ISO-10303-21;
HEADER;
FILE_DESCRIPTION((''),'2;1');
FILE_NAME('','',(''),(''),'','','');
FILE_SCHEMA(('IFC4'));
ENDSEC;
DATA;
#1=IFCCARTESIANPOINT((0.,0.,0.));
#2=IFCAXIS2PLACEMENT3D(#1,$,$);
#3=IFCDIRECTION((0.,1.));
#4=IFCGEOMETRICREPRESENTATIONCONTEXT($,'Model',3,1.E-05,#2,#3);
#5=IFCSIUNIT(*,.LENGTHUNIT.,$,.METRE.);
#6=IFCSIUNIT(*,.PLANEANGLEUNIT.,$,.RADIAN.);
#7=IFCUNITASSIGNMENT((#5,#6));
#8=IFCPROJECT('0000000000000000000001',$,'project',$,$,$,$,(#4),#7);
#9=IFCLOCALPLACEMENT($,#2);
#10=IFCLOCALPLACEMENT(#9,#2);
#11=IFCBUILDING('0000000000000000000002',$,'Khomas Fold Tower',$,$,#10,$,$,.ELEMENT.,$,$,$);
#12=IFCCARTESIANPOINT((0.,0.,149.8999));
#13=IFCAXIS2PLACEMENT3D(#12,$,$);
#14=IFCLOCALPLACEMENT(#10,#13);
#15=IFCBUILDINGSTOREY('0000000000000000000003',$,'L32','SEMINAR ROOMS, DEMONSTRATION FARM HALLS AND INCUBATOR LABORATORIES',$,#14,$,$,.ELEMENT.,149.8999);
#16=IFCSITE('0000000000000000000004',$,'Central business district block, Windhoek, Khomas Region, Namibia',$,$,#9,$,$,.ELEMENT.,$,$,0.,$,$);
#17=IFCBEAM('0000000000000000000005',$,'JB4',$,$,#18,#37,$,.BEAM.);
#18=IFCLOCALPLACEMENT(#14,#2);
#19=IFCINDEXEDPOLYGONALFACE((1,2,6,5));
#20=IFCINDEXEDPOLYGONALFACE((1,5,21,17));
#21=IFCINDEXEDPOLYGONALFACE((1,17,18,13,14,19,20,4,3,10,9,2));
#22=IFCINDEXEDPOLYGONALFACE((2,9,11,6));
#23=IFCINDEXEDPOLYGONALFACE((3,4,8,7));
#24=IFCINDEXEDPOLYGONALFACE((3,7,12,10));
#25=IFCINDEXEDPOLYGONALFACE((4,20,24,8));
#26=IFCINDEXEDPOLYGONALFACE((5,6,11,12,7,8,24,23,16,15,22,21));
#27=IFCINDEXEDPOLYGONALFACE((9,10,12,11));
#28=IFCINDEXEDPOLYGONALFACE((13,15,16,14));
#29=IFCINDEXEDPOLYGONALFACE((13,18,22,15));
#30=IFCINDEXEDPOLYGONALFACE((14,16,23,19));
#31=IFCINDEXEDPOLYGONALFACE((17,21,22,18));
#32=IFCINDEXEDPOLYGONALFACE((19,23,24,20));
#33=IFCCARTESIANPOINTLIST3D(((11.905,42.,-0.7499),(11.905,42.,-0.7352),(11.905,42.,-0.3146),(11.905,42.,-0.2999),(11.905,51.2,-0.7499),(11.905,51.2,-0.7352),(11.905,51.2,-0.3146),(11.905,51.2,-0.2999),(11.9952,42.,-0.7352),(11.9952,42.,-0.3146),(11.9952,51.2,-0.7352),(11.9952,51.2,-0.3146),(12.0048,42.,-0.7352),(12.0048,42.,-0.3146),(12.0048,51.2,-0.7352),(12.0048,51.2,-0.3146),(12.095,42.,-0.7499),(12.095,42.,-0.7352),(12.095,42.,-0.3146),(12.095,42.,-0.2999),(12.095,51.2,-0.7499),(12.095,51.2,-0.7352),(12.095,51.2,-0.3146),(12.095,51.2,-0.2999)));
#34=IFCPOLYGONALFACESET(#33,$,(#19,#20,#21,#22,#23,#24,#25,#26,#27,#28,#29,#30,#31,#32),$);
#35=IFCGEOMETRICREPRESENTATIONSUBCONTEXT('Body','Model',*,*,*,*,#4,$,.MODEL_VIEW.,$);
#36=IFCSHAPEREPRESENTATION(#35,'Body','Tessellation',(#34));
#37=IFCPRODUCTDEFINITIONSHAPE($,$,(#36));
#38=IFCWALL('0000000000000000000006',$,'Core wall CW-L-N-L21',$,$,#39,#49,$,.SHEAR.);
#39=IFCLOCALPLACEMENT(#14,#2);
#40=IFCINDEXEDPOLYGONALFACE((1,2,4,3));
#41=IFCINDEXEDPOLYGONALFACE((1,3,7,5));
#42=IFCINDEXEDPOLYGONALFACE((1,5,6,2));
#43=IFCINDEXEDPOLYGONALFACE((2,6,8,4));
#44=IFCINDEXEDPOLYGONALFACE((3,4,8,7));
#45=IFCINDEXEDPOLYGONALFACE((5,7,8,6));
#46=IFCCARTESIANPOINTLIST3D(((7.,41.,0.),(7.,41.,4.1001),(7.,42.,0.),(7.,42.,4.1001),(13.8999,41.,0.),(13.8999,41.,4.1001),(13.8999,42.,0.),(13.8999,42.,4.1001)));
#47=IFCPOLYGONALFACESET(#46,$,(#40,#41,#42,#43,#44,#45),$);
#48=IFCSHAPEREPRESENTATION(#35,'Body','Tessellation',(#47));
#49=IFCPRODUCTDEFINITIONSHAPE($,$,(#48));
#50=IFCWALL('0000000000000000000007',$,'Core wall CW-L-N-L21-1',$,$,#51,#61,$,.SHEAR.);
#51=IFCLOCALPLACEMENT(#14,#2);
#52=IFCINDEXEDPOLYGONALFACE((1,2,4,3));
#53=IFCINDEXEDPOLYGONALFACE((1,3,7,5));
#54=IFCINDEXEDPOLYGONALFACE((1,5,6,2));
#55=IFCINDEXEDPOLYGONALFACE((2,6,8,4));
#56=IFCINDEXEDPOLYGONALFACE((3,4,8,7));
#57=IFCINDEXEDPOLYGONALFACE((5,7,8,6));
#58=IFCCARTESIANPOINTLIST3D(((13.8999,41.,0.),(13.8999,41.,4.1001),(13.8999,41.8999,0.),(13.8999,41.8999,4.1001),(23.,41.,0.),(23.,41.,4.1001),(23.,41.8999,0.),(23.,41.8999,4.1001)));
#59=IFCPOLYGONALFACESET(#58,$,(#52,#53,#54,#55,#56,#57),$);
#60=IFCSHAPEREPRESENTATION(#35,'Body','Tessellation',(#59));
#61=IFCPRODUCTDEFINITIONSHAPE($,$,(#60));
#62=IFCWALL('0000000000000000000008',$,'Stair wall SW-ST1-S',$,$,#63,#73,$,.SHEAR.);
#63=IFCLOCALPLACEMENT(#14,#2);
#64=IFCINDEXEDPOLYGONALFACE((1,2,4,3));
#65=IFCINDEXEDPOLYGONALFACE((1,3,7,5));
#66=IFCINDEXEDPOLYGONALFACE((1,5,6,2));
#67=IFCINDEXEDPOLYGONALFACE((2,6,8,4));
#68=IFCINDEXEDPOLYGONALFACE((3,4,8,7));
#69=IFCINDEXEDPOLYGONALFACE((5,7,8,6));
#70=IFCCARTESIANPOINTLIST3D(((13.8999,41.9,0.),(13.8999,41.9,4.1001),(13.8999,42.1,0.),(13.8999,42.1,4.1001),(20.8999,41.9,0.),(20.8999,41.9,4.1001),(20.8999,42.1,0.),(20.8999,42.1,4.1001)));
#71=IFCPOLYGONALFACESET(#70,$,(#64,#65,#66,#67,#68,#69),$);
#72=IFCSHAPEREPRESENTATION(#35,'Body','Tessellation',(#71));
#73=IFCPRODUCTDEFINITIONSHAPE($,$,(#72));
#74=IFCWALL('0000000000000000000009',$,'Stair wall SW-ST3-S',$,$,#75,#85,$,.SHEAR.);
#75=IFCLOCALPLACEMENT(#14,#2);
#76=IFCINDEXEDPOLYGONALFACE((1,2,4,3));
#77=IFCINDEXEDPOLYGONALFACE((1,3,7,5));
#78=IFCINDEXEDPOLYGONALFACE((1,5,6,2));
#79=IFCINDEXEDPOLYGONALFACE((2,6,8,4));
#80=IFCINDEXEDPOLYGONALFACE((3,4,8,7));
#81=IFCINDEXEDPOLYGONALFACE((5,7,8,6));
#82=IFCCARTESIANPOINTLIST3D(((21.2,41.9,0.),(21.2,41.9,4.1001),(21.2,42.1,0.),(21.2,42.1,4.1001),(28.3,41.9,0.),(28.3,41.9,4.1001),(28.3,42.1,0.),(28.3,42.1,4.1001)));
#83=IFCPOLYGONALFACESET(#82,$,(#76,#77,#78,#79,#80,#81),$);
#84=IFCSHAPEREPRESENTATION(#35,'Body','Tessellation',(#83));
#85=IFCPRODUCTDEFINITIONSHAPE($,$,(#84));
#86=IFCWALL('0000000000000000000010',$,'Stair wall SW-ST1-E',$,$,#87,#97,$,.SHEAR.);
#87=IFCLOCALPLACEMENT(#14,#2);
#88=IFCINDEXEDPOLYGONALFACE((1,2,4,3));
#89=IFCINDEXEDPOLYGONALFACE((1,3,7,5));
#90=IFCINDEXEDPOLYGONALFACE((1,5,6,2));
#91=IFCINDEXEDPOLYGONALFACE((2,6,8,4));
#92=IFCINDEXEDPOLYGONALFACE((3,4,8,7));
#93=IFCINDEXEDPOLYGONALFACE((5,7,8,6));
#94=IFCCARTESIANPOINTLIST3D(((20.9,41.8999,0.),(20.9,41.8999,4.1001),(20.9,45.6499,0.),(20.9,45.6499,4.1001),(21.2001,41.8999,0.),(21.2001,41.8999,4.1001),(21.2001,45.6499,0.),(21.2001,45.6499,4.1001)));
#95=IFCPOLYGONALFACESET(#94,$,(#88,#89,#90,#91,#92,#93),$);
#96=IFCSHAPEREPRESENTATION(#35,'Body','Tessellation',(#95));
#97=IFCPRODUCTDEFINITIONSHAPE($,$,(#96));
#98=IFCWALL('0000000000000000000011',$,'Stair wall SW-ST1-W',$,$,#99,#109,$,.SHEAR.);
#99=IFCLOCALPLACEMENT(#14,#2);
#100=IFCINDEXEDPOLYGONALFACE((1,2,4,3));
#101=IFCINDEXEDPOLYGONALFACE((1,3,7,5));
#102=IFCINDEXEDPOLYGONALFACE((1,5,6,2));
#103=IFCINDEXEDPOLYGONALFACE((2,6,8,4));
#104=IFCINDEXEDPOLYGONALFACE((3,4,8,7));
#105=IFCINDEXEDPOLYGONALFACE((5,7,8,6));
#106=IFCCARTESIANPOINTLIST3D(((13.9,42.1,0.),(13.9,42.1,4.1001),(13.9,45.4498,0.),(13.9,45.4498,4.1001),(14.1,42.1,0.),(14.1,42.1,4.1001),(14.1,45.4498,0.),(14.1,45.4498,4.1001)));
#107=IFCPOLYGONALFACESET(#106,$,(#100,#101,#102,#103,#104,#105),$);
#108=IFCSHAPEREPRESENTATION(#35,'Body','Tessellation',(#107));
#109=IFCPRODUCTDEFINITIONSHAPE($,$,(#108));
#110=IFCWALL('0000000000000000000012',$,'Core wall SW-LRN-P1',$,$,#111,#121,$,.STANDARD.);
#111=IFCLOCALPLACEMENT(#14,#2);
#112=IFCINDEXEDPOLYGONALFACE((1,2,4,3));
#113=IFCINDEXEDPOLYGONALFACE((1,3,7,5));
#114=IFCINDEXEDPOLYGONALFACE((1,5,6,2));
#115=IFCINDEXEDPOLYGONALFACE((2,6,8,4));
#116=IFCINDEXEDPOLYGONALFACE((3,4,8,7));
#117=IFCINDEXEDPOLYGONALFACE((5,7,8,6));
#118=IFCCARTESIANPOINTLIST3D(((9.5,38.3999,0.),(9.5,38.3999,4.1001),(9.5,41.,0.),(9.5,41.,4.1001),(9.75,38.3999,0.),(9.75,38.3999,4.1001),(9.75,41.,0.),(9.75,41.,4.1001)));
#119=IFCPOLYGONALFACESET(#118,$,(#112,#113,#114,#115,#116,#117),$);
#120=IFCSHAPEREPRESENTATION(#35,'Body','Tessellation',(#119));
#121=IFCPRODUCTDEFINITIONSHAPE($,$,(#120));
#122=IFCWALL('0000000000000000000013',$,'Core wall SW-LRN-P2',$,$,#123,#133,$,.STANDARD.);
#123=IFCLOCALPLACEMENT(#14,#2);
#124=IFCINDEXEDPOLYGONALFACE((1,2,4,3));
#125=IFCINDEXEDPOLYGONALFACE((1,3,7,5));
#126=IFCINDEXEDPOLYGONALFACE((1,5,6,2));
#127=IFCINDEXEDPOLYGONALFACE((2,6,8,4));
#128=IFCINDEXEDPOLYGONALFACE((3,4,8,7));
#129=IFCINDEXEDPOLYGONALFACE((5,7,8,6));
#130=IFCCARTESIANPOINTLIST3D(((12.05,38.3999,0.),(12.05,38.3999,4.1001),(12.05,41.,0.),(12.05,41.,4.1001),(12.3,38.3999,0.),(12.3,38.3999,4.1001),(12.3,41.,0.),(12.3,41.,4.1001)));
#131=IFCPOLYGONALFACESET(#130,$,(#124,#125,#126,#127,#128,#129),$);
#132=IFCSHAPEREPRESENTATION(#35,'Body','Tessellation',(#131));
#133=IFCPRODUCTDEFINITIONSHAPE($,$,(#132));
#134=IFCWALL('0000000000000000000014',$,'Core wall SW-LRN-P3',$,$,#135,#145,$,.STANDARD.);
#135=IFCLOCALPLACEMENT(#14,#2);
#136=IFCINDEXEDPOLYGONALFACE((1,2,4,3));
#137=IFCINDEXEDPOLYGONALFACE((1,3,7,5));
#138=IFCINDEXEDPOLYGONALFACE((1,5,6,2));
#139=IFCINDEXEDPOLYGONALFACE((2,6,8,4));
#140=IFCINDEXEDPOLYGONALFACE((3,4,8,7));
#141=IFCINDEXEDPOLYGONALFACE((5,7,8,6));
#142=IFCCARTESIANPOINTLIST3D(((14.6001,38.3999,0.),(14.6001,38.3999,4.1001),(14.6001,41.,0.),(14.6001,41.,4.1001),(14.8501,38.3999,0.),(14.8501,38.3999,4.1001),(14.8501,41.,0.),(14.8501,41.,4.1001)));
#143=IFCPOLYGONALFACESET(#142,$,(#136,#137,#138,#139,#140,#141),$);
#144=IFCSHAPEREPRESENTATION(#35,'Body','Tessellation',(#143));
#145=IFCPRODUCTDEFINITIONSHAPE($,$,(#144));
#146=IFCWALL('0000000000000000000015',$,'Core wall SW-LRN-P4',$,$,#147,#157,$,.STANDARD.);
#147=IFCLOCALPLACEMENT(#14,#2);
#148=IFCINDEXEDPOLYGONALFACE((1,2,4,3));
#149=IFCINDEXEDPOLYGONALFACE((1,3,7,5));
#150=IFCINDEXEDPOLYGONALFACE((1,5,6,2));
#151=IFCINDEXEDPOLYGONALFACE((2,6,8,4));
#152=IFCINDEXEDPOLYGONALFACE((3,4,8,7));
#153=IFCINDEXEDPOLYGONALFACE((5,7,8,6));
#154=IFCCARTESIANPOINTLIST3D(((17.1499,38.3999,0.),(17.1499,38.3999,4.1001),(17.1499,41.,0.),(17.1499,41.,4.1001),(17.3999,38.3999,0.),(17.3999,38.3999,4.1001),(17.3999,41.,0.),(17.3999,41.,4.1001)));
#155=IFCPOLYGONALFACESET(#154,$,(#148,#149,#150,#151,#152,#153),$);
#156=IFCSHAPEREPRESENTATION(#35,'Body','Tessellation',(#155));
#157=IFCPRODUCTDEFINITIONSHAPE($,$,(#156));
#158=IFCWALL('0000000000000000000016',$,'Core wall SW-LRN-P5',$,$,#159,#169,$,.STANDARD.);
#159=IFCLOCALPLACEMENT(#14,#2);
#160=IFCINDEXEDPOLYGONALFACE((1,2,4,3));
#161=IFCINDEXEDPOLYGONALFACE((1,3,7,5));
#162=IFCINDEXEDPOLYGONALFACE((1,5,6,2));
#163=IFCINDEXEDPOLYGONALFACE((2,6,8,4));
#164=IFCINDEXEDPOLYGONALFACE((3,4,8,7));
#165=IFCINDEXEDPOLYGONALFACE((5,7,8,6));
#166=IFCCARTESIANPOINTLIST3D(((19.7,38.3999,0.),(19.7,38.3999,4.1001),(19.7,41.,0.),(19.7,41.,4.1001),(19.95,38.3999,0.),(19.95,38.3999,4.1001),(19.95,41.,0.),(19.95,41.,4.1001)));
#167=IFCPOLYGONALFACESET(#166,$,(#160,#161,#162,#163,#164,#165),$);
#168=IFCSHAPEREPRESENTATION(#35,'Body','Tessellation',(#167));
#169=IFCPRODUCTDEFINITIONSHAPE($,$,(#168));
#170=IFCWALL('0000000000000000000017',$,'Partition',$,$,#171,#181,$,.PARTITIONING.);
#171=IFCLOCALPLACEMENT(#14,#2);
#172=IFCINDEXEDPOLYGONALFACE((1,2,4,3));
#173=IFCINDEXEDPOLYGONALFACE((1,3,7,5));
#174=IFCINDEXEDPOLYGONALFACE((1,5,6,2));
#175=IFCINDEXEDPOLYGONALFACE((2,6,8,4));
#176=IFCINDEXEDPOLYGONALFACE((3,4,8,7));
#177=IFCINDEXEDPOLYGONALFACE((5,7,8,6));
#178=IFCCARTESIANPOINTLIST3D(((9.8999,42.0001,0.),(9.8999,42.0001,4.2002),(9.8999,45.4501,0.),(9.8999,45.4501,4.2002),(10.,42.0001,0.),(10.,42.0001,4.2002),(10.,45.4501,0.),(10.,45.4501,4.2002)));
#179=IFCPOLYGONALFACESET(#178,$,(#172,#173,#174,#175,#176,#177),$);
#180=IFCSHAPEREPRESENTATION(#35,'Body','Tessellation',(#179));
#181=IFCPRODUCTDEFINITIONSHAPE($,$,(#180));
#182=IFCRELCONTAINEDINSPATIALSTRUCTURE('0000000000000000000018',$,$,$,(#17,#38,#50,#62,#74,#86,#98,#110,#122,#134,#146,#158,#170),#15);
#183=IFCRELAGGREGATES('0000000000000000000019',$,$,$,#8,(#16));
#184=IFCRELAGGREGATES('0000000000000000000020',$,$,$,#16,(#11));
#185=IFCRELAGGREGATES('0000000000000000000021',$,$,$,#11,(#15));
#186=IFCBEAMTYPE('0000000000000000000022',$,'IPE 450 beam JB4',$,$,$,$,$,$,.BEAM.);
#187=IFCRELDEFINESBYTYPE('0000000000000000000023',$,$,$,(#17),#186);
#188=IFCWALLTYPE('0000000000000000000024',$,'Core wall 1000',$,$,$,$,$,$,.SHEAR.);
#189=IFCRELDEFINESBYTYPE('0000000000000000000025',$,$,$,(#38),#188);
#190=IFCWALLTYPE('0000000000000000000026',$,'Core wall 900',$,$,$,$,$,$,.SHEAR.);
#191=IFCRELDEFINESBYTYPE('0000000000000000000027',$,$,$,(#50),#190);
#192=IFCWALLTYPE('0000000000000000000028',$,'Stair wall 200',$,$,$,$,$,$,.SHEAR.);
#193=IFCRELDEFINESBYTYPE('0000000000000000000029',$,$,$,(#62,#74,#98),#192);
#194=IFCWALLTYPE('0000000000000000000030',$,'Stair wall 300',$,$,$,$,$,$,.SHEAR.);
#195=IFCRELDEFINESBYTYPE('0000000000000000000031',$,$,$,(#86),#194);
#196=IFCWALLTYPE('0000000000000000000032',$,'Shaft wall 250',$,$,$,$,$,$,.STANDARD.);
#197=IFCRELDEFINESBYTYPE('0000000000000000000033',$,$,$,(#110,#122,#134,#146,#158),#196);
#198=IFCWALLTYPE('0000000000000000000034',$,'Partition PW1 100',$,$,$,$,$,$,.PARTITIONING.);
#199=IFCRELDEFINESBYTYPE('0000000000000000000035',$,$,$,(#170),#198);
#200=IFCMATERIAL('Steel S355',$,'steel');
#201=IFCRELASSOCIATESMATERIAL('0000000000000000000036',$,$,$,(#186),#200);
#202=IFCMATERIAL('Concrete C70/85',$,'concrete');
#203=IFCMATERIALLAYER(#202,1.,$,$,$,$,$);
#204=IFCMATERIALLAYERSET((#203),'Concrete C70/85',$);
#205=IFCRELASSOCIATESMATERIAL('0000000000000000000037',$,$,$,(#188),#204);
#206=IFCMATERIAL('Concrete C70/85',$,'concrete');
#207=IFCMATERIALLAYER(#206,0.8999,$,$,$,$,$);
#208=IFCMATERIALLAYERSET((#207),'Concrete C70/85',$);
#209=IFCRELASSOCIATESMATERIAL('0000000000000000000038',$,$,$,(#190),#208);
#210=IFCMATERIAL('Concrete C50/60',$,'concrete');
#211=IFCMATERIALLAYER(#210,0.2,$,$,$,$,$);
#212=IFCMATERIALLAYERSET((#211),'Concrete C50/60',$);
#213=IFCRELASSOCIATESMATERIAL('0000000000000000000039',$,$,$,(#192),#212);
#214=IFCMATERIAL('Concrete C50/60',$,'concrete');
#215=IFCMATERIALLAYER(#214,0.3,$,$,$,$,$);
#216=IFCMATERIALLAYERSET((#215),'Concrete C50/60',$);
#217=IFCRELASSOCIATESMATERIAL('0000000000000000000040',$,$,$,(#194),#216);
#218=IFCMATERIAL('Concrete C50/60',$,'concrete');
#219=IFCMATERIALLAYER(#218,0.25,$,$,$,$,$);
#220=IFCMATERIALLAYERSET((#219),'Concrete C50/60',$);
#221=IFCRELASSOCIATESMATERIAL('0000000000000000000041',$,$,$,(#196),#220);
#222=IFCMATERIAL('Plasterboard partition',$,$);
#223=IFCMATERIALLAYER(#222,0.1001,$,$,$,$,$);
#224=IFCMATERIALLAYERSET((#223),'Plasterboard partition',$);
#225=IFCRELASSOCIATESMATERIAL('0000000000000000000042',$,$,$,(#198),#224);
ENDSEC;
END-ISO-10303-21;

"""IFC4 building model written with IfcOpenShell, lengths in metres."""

from ifc_helpers import new_model, si_unit, direction, frame, frame_2d, origin, origin_2d, place, context, subcontext, project, spatial, rectangle, i_section, extrude, source, transform, mapped, material, layer, layer_set, material_profile, profile_set, type_object, element, save


model = new_model("IFC4")

# Units and contexts
model_context = context("Model", 3, precision=1e-05, world=origin(), true_north=direction((0.0, 1.0)))
body_context = subcontext(model_context, "Body", "Model", "MODEL_VIEW")
ifc_project = project(units=[si_unit("LENGTHUNIT", "METRE"), si_unit("PLANEANGLEUNIT", "RADIAN")], contexts=[model_context])

# Site, building, storey
site_placement = place(None, origin())
site = spatial("IfcSite", under=ifc_project, at=site_placement, Name="Central business district block, Windhoek, Khomas Region, Namibia", CompositionType="ELEMENT", RefElevation=0.0)
building_placement = place(site_placement, origin())
building = spatial("IfcBuilding", under=site, at=building_placement, Name="Khomas Fold Tower", CompositionType="ELEMENT")
storey_placement = place(building_placement, frame((0.0, 0.0, 149.8999)))
storey = spatial("IfcBuildingStorey", under=building, at=storey_placement, Name="L32", Description="SEMINAR ROOMS, DEMONSTRATION FARM HALLS AND INCUBATOR LABORATORIES", CompositionType="ELEMENT", Elevation=149.8999)

# Beam
ifc_material_1 = material(Name="Steel S355", Category="steel")
ifc_material_profile = material_profile(ifc_material_1, i_section(OverallWidth=0.1899, OverallDepth=0.45, WebThickness=0.0095, FlangeThickness=0.0146, at=origin_2d()), Name="IPE 450")
ifc_profile_set = profile_set([ifc_material_profile], Name="Steel S355")
beam_type = type_object("IfcBeamType", Name="IPE 450 beam JB4", PredefinedType="BEAM", material=ifc_profile_set)
shared_shape_1 = source(origin(), body_context, "Body", "SweptSolid", [
    extrude(i_section(OverallWidth=0.1899, OverallDepth=0.45, WebThickness=0.0095, FlangeThickness=0.0146, at=origin_2d()), origin(), (0.0, 0.0, 1.0), 9.2),
])
beam_placement = place(storey_placement, frame((12.0, 42.0, -0.5249), z_axis=(0.0, 1.0, 0.0), x_axis=(-1.0, 0.0, 0.0)))
element("IfcBeam", 1, at=beam_placement, inside=storey, type_object=beam_type, Name="JB4", PredefinedType="BEAM", context=body_context, shape_type="MappedRepresentation", body=[
    mapped(shared_shape_1, transform((0.0, 0.0, 0.0))),
])

# Walls
ifc_material_2 = material(Name="Concrete C70/85", Category="concrete")
ifc_layer_1 = layer(ifc_material_2, 1.0)
ifc_layer_set_1 = layer_set([ifc_layer_1], Name="Concrete C70/85")
wall_type_1 = type_object("IfcWallType", Name="Core wall 1000", PredefinedType="SHEAR", material=ifc_layer_set_1)
shared_shape_2 = source(origin(), body_context, "Body", "SweptSolid", [
    extrude(rectangle(XDim=6.8999, YDim=1.0, at=frame_2d((3.45, 0.0))), origin(), (0.0, 0.0, 1.0), 4.1001),
])
wall_1_placement = place(storey_placement, frame((7.0, 41.5, 0.0), z_axis=(0.0, 0.0, 1.0), x_axis=(1.0, 0.0, 0.0)))
element("IfcWall", 2, at=wall_1_placement, inside=storey, type_object=wall_type_1, Name="Core wall CW-L-N-L21", PredefinedType="SHEAR", context=body_context, shape_type="MappedRepresentation", body=[
    mapped(shared_shape_2, transform((0.0, 0.0, 0.0))),
])
ifc_material_3 = material(Name="Concrete C70/85", Category="concrete")
ifc_layer_2 = layer(ifc_material_3, 0.8999)
ifc_layer_set_2 = layer_set([ifc_layer_2], Name="Concrete C70/85")
wall_type_2 = type_object("IfcWallType", Name="Core wall 900", PredefinedType="SHEAR", material=ifc_layer_set_2)
shared_shape_3 = source(origin(), body_context, "Body", "SweptSolid", [
    extrude(rectangle(XDim=9.1001, YDim=0.8999, at=frame_2d((4.55, 0.0))), origin(), (0.0, 0.0, 1.0), 4.1001),
])
wall_2_placement = place(storey_placement, frame((13.8999, 41.45, 0.0), z_axis=(0.0, 0.0, 1.0), x_axis=(1.0, 0.0, 0.0)))
element("IfcWall", 3, at=wall_2_placement, inside=storey, type_object=wall_type_2, Name="Core wall CW-L-N-L21-1", PredefinedType="SHEAR", context=body_context, shape_type="MappedRepresentation", body=[
    mapped(shared_shape_3, transform((0.0, 0.0, 0.0))),
])
ifc_material_4 = material(Name="Concrete C50/60", Category="concrete")
ifc_layer_3 = layer(ifc_material_4, 0.2)
ifc_layer_set_3 = layer_set([ifc_layer_3], Name="Concrete C50/60")
wall_type_3 = type_object("IfcWallType", Name="Stair wall 200", PredefinedType="SHEAR", material=ifc_layer_set_3)
shared_shape_4 = source(origin(), body_context, "Body", "SweptSolid", [
    extrude(rectangle(XDim=7.0, YDim=0.2, at=frame_2d((3.5, 0.0))), origin(), (0.0, 0.0, 1.0), 4.1001),
])
wall_3_placement = place(storey_placement, frame((13.8999, 42.0, 0.0), z_axis=(0.0, 0.0, 1.0), x_axis=(1.0, 0.0, 0.0)))
element("IfcWall", 4, at=wall_3_placement, inside=storey, type_object=wall_type_3, Name="Stair wall SW-ST1-S", PredefinedType="SHEAR", context=body_context, shape_type="MappedRepresentation", body=[
    mapped(shared_shape_4, transform((0.0, 0.0, 0.0))),
])
shared_shape_5 = source(origin(), body_context, "Body", "SweptSolid", [
    extrude(rectangle(XDim=7.1001, YDim=0.2, at=frame_2d((3.55, 0.0))), origin(), (0.0, 0.0, 1.0), 4.1001),
])
wall_4_placement = place(storey_placement, frame((21.2, 42.0, 0.0), z_axis=(0.0, 0.0, 1.0), x_axis=(1.0, 0.0, 0.0)))
element("IfcWall", 5, at=wall_4_placement, inside=storey, type_object=wall_type_3, Name="Stair wall SW-ST3-S", PredefinedType="SHEAR", context=body_context, shape_type="MappedRepresentation", body=[
    mapped(shared_shape_5, transform((0.0, 0.0, 0.0))),
])
ifc_material_5 = material(Name="Concrete C50/60", Category="concrete")
ifc_layer_4 = layer(ifc_material_5, 0.3)
ifc_layer_set_4 = layer_set([ifc_layer_4], Name="Concrete C50/60")
wall_type_4 = type_object("IfcWallType", Name="Stair wall 300", PredefinedType="SHEAR", material=ifc_layer_set_4)
shared_shape_6 = source(origin(), body_context, "Body", "SweptSolid", [
    extrude(rectangle(XDim=3.75, YDim=0.3, at=frame_2d((1.875, 0.0))), origin(), (0.0, 0.0, 1.0), 4.1001),
])
wall_5_placement = place(storey_placement, frame((21.05, 41.8999, 0.0), z_axis=(0.0, 0.0, 1.0), x_axis=(0.0, 1.0, 0.0)))
element("IfcWall", 6, at=wall_5_placement, inside=storey, type_object=wall_type_4, Name="Stair wall SW-ST1-E", PredefinedType="SHEAR", context=body_context, shape_type="MappedRepresentation", body=[
    mapped(shared_shape_6, transform((0.0, 0.0, 0.0))),
])
shared_shape_7 = source(origin(), body_context, "Body", "SweptSolid", [
    extrude(rectangle(XDim=3.3499, YDim=0.2, at=frame_2d((1.6748, 0.0))), origin(), (0.0, 0.0, 1.0), 4.1001),
])
wall_6_placement = place(storey_placement, frame((14.0, 42.1001, 0.0), z_axis=(0.0, 0.0, 1.0), x_axis=(0.0, 1.0, 0.0)))
element("IfcWall", 7, at=wall_6_placement, inside=storey, type_object=wall_type_3, Name="Stair wall SW-ST1-W", PredefinedType="SHEAR", context=body_context, shape_type="MappedRepresentation", body=[
    mapped(shared_shape_7, transform((0.0, 0.0, 0.0))),
])
ifc_material_6 = material(Name="Concrete C50/60", Category="concrete")
ifc_layer_5 = layer(ifc_material_6, 0.25)
ifc_layer_set_5 = layer_set([ifc_layer_5], Name="Concrete C50/60")
wall_type_5 = type_object("IfcWallType", Name="Shaft wall 250", PredefinedType="STANDARD", material=ifc_layer_set_5)
shared_shape_8 = source(origin(), body_context, "Body", "SweptSolid", [
    extrude(rectangle(XDim=2.6001, YDim=0.25, at=frame_2d((1.3, 0.0))), origin(), (0.0, 0.0, 1.0), 4.1001),
])
for number, where, z_axis, x_axis, name in (
    (8, (9.625, 38.3999, 0.0), (0.0, 0.0, 1.0), (0.0, 1.0, 0.0), "Core wall SW-LRN-P1"),
    (9, (12.175, 38.3999, 0.0), (0.0, 0.0, 1.0), (0.0, 1.0, 0.0), "Core wall SW-LRN-P2"),
    (10, (14.7251, 38.3999, 0.0), (0.0, 0.0, 1.0), (0.0, 1.0, 0.0), "Core wall SW-LRN-P3"),
    (11, (17.2749, 38.3999, 0.0), (0.0, 0.0, 1.0), (0.0, 1.0, 0.0), "Core wall SW-LRN-P4"),
    (12, (19.825, 38.3999, 0.0), (0.0, 0.0, 1.0), (0.0, 1.0, 0.0), "Core wall SW-LRN-P5"),
):
    element("IfcWall", number, at=place(storey_placement, frame(where, z_axis=z_axis, x_axis=x_axis)), inside=storey, type_object=wall_type_5, Name=name, PredefinedType="STANDARD", context=body_context, shape_type="MappedRepresentation", body=[
        mapped(shared_shape_8, transform((0.0, 0.0, 0.0))),
    ])
ifc_material_7 = material(Name="Plasterboard partition")
ifc_layer_6 = layer(ifc_material_7, 0.1001)
ifc_layer_set_6 = layer_set([ifc_layer_6], Name="Plasterboard partition")
wall_type_6 = type_object("IfcWallType", Name="Partition PW1 100", PredefinedType="PARTITIONING", material=ifc_layer_set_6)
shared_shape_9 = source(origin(), body_context, "Body", "SweptSolid", [
    extrude(rectangle(XDim=3.45, YDim=0.1001, at=frame_2d((1.7251, 0.0))), origin(), (0.0, 0.0, 1.0), 4.2002),
])
wall_7_placement = place(storey_placement, frame((9.95, 42.0, 0.0), z_axis=(0.0, 0.0, 1.0), x_axis=(0.0, 1.0, 0.0)))
element("IfcWall", 13, at=wall_7_placement, inside=storey, type_object=wall_type_6, Name="Partition", PredefinedType="PARTITIONING", context=body_context, shape_type="MappedRepresentation", body=[
    mapped(shared_shape_9, transform((0.0, 0.0, 0.0))),
])

save(model, "model.ifc")
